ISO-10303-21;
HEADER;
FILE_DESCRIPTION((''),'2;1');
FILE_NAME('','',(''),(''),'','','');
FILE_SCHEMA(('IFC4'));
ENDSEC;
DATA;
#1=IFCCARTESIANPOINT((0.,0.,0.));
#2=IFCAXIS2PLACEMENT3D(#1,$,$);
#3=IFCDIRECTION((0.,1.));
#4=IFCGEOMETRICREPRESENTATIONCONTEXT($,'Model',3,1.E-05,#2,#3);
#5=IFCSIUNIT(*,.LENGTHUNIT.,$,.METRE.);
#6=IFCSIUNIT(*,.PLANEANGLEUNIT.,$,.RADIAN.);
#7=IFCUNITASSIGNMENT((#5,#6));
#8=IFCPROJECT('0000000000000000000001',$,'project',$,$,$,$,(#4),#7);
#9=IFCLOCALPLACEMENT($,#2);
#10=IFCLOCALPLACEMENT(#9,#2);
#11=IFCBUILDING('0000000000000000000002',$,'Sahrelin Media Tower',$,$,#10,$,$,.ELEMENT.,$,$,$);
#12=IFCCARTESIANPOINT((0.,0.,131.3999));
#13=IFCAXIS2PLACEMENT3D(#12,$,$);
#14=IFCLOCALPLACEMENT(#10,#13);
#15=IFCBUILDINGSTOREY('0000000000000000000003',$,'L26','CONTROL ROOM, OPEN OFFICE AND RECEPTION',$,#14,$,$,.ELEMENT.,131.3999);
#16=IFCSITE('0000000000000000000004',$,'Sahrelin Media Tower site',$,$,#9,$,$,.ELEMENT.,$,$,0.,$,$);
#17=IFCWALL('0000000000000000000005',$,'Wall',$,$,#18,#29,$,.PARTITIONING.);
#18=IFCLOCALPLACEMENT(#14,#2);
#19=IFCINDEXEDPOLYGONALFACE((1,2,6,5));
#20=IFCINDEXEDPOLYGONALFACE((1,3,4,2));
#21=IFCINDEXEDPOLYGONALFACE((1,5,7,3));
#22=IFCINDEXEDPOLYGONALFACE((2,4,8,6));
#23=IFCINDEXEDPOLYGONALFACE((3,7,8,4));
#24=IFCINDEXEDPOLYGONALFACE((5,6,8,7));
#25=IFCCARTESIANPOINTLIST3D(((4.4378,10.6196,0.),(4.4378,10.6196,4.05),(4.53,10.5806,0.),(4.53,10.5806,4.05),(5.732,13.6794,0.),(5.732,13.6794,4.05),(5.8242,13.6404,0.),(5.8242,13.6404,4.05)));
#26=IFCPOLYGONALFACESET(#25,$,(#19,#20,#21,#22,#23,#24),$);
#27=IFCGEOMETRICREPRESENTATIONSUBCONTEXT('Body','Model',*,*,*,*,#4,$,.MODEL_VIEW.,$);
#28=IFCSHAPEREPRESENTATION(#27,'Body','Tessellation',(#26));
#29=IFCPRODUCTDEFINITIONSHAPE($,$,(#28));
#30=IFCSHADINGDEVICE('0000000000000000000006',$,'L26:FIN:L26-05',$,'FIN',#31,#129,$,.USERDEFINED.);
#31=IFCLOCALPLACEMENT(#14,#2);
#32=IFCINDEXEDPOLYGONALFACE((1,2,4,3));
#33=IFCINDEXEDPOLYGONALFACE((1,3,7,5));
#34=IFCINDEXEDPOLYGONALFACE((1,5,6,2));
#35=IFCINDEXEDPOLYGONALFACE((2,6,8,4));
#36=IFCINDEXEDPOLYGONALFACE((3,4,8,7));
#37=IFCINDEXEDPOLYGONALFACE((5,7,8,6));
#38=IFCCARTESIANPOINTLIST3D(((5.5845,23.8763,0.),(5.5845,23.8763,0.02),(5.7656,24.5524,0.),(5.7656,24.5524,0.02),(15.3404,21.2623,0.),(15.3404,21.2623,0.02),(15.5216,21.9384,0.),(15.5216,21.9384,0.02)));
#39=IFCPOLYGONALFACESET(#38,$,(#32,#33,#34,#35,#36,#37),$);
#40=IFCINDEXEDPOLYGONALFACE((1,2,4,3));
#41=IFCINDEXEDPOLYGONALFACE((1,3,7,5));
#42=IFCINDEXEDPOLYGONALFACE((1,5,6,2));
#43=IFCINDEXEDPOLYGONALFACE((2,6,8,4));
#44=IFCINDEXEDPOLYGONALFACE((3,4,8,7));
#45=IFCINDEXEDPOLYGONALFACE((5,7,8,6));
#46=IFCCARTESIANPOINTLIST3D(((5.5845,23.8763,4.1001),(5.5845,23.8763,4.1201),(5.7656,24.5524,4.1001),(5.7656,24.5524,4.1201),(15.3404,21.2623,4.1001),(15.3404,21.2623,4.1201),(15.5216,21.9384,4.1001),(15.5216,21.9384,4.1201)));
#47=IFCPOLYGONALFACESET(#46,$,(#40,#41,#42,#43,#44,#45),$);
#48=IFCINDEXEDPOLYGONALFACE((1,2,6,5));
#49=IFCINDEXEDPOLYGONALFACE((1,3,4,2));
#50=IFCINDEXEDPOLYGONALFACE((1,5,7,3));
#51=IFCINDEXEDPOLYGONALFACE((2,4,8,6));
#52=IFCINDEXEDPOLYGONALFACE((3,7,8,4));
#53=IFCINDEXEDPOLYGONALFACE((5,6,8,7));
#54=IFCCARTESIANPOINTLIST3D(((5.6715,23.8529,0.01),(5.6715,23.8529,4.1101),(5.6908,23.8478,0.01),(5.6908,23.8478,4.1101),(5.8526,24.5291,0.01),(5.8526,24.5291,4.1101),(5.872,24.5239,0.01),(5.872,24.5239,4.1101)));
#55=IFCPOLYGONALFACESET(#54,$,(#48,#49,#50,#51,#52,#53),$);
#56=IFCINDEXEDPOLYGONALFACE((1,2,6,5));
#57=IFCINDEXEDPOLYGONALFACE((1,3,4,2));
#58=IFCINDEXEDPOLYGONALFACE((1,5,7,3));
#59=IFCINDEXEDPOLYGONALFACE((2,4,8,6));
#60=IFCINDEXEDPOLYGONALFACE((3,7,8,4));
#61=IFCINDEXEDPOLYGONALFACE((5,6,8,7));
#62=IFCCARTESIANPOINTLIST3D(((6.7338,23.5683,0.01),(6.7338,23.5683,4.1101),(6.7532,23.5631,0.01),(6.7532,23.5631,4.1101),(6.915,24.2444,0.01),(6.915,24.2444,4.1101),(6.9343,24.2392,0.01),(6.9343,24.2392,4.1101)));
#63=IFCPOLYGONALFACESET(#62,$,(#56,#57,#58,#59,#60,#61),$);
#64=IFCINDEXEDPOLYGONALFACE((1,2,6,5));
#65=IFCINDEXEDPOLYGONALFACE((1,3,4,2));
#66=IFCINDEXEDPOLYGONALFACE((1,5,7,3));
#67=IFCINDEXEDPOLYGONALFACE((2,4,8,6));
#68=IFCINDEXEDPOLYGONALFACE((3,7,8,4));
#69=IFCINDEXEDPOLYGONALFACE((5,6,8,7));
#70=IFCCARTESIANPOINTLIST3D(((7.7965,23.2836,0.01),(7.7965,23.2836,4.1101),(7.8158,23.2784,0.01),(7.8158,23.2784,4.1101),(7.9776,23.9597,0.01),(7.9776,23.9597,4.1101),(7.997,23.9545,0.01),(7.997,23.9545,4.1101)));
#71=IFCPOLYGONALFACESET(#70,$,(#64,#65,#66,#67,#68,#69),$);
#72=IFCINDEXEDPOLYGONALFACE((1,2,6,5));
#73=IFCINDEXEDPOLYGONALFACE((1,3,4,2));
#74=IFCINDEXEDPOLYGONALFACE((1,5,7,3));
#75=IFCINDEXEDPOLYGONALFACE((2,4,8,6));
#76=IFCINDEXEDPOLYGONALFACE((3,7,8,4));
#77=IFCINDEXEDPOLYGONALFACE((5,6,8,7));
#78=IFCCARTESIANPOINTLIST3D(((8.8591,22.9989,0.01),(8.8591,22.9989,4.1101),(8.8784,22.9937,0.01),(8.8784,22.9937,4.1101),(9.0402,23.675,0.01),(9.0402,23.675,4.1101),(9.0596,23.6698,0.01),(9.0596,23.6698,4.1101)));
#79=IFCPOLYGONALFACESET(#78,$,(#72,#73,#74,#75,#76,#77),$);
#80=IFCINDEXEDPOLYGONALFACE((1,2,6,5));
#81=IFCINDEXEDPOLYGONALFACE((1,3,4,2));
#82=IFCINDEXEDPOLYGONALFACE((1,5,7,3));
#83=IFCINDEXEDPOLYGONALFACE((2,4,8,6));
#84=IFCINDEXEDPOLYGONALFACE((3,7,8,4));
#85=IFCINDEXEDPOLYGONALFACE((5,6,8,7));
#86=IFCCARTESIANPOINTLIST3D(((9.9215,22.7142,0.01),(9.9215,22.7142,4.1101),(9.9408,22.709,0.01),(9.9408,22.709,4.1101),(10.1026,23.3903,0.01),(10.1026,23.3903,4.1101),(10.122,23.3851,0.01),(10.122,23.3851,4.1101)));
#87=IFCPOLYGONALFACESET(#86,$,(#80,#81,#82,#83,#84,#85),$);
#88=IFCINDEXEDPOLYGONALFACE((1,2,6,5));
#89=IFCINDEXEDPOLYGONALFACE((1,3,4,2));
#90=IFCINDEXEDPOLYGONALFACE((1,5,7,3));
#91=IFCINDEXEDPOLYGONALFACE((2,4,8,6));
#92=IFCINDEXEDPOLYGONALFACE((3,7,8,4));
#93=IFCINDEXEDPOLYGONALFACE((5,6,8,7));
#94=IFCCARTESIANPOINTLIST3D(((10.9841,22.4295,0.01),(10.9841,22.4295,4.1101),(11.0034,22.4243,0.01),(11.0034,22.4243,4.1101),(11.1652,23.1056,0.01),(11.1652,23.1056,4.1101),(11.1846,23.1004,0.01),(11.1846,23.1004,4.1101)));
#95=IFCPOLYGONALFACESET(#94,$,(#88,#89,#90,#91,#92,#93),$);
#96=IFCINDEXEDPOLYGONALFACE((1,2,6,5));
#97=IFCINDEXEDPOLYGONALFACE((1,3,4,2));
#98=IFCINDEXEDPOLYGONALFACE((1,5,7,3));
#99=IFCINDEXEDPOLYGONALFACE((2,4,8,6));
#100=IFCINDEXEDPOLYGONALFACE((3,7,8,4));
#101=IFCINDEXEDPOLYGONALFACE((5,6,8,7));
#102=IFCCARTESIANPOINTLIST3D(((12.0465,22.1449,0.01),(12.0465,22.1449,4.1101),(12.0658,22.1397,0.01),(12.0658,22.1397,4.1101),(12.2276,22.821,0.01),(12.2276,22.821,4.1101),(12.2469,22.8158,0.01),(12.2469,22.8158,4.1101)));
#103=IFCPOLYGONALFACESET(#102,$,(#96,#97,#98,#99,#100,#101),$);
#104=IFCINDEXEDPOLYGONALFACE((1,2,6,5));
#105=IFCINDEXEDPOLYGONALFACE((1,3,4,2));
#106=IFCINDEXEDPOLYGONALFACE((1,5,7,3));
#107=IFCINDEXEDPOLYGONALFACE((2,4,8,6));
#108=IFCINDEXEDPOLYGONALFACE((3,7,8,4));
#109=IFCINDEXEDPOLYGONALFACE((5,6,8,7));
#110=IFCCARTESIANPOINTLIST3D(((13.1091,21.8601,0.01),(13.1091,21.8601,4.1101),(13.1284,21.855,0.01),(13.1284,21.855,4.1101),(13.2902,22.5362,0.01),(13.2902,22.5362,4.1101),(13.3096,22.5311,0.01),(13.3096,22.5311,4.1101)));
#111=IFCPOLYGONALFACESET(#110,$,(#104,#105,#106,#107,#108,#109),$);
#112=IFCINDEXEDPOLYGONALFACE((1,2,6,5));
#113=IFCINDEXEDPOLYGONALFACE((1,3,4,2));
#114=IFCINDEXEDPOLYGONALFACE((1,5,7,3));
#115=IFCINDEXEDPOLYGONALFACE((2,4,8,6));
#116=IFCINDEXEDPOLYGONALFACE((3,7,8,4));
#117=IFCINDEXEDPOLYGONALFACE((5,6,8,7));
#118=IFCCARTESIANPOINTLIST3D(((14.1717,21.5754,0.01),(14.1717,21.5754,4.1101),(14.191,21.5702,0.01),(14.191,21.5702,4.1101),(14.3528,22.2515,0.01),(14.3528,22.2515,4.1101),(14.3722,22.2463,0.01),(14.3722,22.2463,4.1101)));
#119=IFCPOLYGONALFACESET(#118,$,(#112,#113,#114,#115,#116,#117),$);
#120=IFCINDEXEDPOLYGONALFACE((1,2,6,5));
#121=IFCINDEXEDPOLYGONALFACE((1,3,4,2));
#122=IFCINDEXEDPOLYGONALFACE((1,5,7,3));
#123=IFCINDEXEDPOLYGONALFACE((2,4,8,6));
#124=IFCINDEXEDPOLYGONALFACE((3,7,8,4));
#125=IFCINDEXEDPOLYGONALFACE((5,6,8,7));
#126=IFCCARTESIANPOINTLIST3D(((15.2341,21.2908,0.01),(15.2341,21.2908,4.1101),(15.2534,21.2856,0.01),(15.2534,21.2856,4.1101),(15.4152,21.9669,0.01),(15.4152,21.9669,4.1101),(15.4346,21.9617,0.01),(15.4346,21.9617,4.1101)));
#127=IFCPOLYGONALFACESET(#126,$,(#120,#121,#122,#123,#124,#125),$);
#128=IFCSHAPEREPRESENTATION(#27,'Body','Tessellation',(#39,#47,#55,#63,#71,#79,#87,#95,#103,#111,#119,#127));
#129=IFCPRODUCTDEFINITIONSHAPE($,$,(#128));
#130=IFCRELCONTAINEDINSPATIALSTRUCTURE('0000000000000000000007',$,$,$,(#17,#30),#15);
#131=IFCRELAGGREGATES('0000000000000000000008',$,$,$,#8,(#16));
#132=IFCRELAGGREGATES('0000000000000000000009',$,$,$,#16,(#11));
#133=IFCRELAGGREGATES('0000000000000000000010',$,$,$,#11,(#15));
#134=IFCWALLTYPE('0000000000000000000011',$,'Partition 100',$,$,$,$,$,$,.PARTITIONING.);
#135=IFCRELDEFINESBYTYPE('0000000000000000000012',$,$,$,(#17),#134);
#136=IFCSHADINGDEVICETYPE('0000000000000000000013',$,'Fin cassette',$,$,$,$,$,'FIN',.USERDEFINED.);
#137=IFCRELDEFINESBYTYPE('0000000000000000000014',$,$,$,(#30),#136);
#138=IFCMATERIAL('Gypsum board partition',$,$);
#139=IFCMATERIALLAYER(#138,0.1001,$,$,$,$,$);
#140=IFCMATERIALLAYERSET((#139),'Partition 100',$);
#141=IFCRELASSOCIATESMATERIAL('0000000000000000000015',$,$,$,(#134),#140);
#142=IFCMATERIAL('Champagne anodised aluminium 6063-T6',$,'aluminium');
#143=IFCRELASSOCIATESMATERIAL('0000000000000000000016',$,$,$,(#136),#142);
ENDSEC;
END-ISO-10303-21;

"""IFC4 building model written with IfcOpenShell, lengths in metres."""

from ifc_helpers import new_model, si_unit, direction, frame, frame_2d, origin, origin_2d, place, context, subcontext, project, spatial, rectangle, extrude, material, layer, layer_set, type_object, element, save


model = new_model("IFC4")

# Units and contexts
model_context = context("Model", 3, precision=1e-05, world=origin(), true_north=direction((0.0, 1.0)))
body_context = subcontext(model_context, "Body", "Model", "MODEL_VIEW")
ifc_project = project(units=[si_unit("LENGTHUNIT", "METRE"), si_unit("PLANEANGLEUNIT", "RADIAN")], contexts=[model_context])

# Site, building, storey
site_placement = place(None, origin())
site = spatial("IfcSite", under=ifc_project, at=site_placement, Name="Sahrelin Media Tower site", CompositionType="ELEMENT", RefElevation=0.0)
building_placement = place(site_placement, origin())
building = spatial("IfcBuilding", under=site, at=building_placement, Name="Sahrelin Media Tower", CompositionType="ELEMENT")
storey_placement = place(building_placement, frame((0.0, 0.0, 131.3999)))
storey = spatial("IfcBuildingStorey", under=building, at=storey_placement, Name="L26", Description="CONTROL ROOM, OPEN OFFICE AND RECEPTION", CompositionType="ELEMENT", Elevation=131.3999)

# Shared definitions
ifc_material_1 = material(Name="Champagne anodised aluminium 6063-T6", Category="aluminium")

# Wall
ifc_material_2 = material(Name="Gypsum board partition")
ifc_layer_1 = layer(ifc_material_2, 0.1001)
ifc_layer_set_1 = layer_set([ifc_layer_1], Name="Partition 100")
wall_type_1 = type_object("IfcWallType", Name="Partition 100", PredefinedType="PARTITIONING", material=ifc_layer_set_1)
wall_1_placement = place(storey_placement, frame((4.4839, 10.6001, 0.0), z_axis=(0.0, 0.0, 1.0), x_axis=(0.389551, 0.921005, 0.0)))
element("IfcWall", 1, at=wall_1_placement, inside=storey, type_object=wall_type_1, Name="Wall", PredefinedType="PARTITIONING", context=body_context, shape_type="SweptSolid", body=[
    extrude(rectangle(XDim=3.3223, YDim=0.1001, at=frame_2d((1.6611, 0.0))), origin(), (0.0, 0.0, 1.0), 4.05),
])

# Shading device
shading_device_type_1 = type_object("IfcShadingDeviceType", Name="Fin cassette", ElementType="FIN", PredefinedType="USERDEFINED", material=ifc_material_1)
placement_1 = place(storey_placement, frame((10.4443, 22.5017, 0.0), z_axis=(0.0, 0.0, 1.0), x_axis=(0.965929, -0.258808, 0.0)))
element("IfcShadingDevice", 2, at=placement_1, inside=storey, type_object=shading_device_type_1, Name="L26:FIN:L26-05", ObjectType="FIN", PredefinedType="USERDEFINED", context=body_context, shape_type="SweptSolid", body=[
    extrude(rectangle(XDim=10.1001, YDim=0.7, at=origin_2d()), frame((0.0, 0.4199, 0.0)), (0.0, 0.0, 1.0), 0.02),
    extrude(rectangle(XDim=10.1001, YDim=0.7, at=origin_2d()), frame((0.0, 0.4199, 4.1001)), (0.0, 0.0, 1.0), 0.02),
    extrude(rectangle(XDim=0.02, YDim=0.7, at=origin_2d()), frame((-4.95, 0.4199, 0.01), z_axis=(0.0, 0.0, 1.0), x_axis=(1.0, 0.0, 0.0)), (0.0, 0.0, 1.0), 4.1001),
    extrude(rectangle(XDim=0.02, YDim=0.7, at=origin_2d()), frame((-3.8501, 0.4199, 0.01), z_axis=(0.0, 0.0, 1.0), x_axis=(1.0, 0.0, 0.0)), (0.0, 0.0, 1.0), 4.1001),
    extrude(rectangle(XDim=0.02, YDim=0.7, at=origin_2d()), frame((-2.75, 0.4199, 0.01), z_axis=(0.0, 0.0, 1.0), x_axis=(1.0, 0.0, 0.0)), (0.0, 0.0, 1.0), 4.1001),
    extrude(rectangle(XDim=0.02, YDim=0.7, at=origin_2d()), frame((-1.6499, 0.4199, 0.01), z_axis=(0.0, 0.0, 1.0), x_axis=(1.0, 0.0, 0.0)), (0.0, 0.0, 1.0), 4.1001),
    extrude(rectangle(XDim=0.02, YDim=0.7, at=origin_2d()), frame((-0.55, 0.4199, 0.01), z_axis=(0.0, 0.0, 1.0), x_axis=(1.0, 0.0, 0.0)), (0.0, 0.0, 1.0), 4.1001),
    extrude(rectangle(XDim=0.02, YDim=0.7, at=origin_2d()), frame((0.55, 0.4199, 0.01), z_axis=(0.0, 0.0, 1.0), x_axis=(1.0, 0.0, 0.0)), (0.0, 0.0, 1.0), 4.1001),
    extrude(rectangle(XDim=0.02, YDim=0.7, at=origin_2d()), frame((1.6499, 0.4199, 0.01), z_axis=(0.0, 0.0, 1.0), x_axis=(1.0, 0.0, 0.0)), (0.0, 0.0, 1.0), 4.1001),
    extrude(rectangle(XDim=0.02, YDim=0.7, at=origin_2d()), frame((2.75, 0.4199, 0.01), z_axis=(0.0, 0.0, 1.0), x_axis=(1.0, 0.0, 0.0)), (0.0, 0.0, 1.0), 4.1001),
    extrude(rectangle(XDim=0.02, YDim=0.7, at=origin_2d()), frame((3.8501, 0.4199, 0.01), z_axis=(0.0, 0.0, 1.0), x_axis=(1.0, 0.0, 0.0)), (0.0, 0.0, 1.0), 4.1001),
    extrude(rectangle(XDim=0.02, YDim=0.7, at=origin_2d()), frame((4.95, 0.4199, 0.01), z_axis=(0.0, 0.0, 1.0), x_axis=(1.0, 0.0, 0.0)), (0.0, 0.0, 1.0), 4.1001),
])

save(model, "model.ifc")
